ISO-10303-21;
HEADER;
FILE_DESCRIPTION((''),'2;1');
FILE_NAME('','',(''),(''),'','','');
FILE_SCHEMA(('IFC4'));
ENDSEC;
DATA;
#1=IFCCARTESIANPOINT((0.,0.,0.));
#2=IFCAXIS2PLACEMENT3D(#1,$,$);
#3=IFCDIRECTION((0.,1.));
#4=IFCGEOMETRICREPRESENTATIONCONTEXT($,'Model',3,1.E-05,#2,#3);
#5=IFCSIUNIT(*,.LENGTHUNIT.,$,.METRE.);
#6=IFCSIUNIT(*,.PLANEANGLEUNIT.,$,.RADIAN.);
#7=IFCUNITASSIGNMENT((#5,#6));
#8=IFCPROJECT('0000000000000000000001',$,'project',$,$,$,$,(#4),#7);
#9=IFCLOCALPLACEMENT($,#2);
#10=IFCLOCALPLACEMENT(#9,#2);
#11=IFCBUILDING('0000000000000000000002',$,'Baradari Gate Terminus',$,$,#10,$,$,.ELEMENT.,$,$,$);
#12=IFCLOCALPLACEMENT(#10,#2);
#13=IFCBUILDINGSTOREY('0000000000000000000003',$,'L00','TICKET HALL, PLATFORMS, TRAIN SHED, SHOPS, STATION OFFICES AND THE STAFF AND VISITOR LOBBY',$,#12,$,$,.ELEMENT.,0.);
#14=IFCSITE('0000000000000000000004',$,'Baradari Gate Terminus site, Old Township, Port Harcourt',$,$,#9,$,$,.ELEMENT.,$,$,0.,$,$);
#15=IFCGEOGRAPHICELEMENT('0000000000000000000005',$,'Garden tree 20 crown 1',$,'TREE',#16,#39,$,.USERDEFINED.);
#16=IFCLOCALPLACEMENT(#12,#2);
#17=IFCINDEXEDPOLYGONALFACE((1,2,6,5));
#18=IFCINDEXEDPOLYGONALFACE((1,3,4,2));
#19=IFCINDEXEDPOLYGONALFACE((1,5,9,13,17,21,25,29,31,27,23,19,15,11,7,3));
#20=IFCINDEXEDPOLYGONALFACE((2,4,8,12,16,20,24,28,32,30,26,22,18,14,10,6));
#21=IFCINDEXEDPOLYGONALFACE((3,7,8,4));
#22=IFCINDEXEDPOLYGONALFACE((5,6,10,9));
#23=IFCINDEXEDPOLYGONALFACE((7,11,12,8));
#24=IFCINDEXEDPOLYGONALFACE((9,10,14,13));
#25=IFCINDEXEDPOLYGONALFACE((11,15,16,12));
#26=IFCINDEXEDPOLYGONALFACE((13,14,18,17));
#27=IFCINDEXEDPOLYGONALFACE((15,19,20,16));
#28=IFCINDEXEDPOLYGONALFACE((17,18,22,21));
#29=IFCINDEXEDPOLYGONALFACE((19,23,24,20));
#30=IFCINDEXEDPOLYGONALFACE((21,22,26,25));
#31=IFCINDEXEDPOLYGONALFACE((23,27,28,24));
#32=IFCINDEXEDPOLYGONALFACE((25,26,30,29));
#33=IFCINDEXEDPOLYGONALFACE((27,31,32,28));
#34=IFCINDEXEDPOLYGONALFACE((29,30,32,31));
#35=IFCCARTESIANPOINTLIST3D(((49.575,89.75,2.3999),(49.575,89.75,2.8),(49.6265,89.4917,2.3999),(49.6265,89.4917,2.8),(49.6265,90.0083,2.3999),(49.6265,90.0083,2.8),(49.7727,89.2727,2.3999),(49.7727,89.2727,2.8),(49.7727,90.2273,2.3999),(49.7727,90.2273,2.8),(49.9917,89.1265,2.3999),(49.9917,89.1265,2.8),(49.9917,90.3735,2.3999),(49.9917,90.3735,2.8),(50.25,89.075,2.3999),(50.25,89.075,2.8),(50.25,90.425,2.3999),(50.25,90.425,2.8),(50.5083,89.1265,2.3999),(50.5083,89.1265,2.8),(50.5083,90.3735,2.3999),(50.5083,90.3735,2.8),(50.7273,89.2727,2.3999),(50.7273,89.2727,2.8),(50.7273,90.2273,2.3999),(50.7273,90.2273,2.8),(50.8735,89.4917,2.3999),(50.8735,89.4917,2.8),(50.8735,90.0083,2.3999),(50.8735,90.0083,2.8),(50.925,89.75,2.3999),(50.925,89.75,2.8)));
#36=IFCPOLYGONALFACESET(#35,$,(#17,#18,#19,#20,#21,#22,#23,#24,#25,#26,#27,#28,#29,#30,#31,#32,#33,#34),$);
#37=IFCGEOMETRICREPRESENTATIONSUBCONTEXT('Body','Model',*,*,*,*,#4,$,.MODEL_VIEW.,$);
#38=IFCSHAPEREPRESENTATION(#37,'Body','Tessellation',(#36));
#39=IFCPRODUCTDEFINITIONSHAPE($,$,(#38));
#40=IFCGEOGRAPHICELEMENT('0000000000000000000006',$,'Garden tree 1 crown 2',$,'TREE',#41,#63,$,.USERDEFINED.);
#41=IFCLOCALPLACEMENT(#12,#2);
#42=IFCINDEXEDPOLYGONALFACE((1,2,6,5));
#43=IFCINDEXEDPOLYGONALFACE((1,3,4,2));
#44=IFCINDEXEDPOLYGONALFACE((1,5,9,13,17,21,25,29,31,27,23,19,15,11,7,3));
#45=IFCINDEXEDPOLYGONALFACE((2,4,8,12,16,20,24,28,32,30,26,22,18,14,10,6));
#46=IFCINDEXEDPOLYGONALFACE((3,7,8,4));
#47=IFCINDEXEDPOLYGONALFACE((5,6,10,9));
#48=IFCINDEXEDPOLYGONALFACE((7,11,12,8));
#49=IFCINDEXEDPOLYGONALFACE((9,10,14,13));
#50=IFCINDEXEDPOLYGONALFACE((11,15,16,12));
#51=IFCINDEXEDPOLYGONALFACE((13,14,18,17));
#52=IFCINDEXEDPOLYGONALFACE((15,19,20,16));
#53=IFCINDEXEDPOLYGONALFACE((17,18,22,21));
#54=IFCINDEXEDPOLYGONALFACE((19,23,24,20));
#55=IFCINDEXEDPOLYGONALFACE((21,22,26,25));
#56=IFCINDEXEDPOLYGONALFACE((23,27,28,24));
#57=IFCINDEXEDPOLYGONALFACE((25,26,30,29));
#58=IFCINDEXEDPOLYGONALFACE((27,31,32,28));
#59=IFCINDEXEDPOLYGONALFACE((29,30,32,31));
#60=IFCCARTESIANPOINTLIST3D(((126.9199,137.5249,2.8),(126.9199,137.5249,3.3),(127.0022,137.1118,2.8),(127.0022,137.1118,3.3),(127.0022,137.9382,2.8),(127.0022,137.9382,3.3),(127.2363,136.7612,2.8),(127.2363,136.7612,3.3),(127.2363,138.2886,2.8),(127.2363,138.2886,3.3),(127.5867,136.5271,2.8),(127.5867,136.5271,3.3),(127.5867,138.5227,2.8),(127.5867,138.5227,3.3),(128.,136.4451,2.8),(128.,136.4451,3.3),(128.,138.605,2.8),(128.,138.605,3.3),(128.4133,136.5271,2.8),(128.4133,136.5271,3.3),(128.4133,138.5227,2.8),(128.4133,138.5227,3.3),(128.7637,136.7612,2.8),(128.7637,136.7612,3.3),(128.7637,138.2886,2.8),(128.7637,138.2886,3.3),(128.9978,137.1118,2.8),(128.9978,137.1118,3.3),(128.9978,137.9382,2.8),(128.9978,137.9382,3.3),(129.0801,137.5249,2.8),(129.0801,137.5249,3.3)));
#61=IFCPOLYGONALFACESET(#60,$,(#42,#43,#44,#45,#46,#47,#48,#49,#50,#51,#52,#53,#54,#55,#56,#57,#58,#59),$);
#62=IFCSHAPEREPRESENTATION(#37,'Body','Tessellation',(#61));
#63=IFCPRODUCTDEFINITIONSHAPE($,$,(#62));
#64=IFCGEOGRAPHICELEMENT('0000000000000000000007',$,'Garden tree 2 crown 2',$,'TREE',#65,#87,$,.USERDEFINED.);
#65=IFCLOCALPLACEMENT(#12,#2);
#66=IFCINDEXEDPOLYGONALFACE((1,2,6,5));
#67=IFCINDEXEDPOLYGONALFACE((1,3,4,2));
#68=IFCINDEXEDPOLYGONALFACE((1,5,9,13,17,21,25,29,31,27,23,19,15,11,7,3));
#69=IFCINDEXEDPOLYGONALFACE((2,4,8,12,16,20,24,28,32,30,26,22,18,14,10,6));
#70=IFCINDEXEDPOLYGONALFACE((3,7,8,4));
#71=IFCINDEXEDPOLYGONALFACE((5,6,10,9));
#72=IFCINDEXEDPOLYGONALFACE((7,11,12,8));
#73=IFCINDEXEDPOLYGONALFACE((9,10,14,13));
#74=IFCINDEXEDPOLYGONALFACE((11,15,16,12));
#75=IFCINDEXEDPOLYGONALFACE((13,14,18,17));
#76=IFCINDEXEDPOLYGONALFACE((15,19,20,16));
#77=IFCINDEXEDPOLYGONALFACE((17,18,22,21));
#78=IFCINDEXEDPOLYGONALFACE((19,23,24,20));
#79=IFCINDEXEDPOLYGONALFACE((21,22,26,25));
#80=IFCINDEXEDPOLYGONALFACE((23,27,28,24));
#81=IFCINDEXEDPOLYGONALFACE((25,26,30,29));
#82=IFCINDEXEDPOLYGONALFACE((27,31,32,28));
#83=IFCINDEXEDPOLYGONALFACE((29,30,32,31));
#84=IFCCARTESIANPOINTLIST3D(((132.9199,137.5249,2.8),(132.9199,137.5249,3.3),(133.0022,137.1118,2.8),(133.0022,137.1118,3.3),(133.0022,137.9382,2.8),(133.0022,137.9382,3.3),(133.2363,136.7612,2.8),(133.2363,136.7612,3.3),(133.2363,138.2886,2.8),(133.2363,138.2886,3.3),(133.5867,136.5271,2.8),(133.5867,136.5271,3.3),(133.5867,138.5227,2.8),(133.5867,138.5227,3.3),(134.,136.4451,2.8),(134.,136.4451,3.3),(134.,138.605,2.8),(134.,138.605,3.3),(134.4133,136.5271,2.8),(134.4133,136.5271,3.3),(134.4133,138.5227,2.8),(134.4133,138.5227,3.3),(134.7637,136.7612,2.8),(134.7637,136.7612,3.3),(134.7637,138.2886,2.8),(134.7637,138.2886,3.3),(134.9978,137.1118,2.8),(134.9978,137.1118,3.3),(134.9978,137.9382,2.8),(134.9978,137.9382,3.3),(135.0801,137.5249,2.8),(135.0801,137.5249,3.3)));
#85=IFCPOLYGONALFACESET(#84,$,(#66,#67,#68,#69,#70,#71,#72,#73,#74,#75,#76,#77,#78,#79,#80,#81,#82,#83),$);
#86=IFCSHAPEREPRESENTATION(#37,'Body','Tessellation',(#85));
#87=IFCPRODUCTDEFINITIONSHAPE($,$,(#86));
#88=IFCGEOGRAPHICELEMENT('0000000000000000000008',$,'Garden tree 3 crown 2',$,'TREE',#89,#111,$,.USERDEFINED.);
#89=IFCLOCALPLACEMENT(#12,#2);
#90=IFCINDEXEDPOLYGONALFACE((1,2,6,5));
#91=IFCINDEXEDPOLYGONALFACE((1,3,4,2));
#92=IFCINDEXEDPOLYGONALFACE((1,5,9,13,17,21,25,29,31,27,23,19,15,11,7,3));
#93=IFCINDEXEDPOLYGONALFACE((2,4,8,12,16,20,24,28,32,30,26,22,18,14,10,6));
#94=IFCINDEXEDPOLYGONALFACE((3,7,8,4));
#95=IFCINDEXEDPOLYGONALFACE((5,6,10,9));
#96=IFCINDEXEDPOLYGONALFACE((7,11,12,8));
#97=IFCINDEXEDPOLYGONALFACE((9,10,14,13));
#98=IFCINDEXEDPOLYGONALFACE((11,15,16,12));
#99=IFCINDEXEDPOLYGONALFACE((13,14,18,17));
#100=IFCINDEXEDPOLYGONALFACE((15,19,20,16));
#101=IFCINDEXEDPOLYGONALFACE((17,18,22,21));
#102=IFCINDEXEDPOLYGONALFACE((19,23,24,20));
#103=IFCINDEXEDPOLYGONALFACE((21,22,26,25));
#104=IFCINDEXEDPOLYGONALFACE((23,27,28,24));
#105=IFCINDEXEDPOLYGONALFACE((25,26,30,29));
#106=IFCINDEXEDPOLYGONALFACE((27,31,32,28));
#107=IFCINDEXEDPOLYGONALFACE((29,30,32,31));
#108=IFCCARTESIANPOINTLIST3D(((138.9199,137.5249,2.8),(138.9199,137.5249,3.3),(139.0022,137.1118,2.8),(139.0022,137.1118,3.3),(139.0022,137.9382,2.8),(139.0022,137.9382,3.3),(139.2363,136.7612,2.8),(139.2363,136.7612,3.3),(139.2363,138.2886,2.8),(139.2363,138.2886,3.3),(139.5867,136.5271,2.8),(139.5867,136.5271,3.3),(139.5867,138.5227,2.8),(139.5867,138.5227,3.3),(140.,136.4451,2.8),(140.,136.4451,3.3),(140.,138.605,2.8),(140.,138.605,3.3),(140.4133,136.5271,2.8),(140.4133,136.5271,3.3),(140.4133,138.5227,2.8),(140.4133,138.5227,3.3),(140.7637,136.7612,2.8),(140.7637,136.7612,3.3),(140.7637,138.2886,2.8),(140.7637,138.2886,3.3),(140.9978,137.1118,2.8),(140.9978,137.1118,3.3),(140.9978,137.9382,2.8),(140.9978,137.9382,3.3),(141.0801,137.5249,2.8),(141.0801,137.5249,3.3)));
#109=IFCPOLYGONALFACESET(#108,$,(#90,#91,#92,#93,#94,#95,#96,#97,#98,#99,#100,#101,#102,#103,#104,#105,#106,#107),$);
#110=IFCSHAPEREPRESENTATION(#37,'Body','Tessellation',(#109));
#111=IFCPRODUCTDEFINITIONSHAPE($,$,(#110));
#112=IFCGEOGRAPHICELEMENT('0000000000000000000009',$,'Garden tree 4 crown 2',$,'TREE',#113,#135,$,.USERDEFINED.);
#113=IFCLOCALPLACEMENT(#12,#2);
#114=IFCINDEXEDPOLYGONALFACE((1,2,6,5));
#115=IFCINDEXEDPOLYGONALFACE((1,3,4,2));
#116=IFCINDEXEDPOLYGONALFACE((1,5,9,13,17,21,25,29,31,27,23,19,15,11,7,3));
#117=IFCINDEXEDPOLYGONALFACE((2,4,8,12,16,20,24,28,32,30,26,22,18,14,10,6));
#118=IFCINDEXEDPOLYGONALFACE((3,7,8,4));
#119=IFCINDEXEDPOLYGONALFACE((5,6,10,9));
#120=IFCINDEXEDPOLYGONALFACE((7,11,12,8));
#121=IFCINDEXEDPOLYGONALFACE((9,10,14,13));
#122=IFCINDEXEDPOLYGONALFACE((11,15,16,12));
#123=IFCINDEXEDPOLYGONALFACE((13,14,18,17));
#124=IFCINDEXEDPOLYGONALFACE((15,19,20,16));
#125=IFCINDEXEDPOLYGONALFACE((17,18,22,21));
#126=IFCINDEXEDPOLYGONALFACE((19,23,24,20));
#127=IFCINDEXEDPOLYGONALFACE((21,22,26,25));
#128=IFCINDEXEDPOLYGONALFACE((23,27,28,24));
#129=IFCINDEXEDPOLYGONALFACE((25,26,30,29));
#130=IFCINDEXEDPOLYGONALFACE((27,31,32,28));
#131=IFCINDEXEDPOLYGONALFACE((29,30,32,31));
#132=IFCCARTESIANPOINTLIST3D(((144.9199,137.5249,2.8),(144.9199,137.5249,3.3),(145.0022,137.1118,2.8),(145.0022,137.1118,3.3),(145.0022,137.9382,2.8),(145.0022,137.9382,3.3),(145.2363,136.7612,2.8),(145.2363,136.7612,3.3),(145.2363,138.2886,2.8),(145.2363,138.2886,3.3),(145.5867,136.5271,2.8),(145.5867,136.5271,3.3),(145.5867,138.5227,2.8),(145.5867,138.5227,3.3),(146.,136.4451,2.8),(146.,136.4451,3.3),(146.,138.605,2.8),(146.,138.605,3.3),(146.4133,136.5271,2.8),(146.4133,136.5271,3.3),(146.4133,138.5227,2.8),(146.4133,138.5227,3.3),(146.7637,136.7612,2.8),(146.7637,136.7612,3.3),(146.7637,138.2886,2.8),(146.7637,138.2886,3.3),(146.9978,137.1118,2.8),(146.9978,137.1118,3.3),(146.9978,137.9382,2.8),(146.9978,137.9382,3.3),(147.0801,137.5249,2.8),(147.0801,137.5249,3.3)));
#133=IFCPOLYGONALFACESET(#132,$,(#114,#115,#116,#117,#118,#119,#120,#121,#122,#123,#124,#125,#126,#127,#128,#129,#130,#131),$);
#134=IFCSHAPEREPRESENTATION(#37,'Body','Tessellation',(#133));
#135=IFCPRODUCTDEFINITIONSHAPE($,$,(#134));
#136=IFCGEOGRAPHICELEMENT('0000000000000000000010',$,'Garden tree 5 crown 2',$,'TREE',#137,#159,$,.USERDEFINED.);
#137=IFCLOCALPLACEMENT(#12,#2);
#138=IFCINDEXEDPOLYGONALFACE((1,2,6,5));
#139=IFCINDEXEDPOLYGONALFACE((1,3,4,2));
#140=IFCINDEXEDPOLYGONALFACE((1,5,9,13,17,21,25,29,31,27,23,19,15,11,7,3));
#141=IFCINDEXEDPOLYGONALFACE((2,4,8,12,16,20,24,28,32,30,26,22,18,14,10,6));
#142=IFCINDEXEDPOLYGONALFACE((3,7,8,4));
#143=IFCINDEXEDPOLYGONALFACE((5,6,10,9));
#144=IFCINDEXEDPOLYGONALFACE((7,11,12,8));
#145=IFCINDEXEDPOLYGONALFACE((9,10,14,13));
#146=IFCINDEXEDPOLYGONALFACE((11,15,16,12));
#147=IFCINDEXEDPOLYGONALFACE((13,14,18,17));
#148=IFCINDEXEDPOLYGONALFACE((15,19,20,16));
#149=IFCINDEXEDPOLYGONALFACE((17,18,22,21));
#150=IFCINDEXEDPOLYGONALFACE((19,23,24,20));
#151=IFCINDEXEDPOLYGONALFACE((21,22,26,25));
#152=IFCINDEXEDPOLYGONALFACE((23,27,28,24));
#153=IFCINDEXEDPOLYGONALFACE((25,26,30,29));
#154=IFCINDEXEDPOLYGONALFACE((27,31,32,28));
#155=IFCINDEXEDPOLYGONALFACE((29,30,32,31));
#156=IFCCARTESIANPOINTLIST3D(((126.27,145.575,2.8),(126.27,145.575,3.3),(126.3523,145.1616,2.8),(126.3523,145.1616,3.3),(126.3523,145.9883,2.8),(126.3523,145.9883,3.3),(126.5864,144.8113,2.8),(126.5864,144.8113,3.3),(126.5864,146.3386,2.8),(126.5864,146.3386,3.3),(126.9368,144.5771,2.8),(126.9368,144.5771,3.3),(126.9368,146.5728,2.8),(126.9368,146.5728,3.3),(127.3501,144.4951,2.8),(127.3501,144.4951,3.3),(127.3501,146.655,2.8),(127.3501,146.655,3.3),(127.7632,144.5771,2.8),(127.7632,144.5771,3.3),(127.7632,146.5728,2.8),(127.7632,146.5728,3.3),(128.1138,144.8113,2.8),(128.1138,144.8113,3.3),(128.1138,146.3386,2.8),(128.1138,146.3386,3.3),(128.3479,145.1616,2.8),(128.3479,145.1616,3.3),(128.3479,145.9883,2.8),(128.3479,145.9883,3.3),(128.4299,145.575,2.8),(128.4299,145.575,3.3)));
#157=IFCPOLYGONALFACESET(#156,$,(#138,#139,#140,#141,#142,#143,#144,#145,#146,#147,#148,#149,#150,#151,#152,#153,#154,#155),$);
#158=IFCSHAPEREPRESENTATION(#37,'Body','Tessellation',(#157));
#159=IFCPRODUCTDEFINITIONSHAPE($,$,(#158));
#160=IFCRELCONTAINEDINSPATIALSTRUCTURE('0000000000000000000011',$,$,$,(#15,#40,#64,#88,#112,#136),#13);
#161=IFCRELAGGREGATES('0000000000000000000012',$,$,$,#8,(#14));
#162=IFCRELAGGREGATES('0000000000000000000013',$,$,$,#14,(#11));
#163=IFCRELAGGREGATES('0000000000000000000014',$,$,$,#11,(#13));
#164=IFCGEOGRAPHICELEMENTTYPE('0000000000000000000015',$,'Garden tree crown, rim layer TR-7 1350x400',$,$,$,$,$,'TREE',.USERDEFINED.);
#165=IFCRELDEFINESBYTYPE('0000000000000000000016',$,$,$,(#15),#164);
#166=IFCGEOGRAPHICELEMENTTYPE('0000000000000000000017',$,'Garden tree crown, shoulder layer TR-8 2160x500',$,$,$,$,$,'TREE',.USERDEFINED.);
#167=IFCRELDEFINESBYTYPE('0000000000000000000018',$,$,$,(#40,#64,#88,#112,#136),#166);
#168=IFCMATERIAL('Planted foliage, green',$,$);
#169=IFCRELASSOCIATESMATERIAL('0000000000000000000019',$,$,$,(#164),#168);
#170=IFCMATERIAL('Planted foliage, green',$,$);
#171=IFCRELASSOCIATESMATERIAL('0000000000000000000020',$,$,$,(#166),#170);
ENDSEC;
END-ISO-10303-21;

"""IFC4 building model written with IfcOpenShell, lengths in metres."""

from ifc_helpers import new_model, si_unit, direction, frame, origin, place, context, subcontext, project, spatial, polyline, outline, extrude, material, type_object, element, save


model = new_model("IFC4")

# Units and contexts
model_context = context("Model", 3, precision=1e-05, world=origin(), true_north=direction((0.0, 1.0)))
body_context = subcontext(model_context, "Body", "Model", "MODEL_VIEW")
ifc_project = project(units=[si_unit("LENGTHUNIT", "METRE"), si_unit("PLANEANGLEUNIT", "RADIAN")], contexts=[model_context])

# Site, building, storey
site_placement = place(None, origin())
site = spatial("IfcSite", under=ifc_project, at=site_placement, Name="Baradari Gate Terminus site, Old Township, Port Harcourt", CompositionType="ELEMENT", RefElevation=0.0)
building_placement = place(site_placement, origin())
building = spatial("IfcBuilding", under=site, at=building_placement, Name="Baradari Gate Terminus", CompositionType="ELEMENT")
storey_placement = place(building_placement, origin())
storey = spatial("IfcBuildingStorey", under=building, at=storey_placement, Name="L00", Description="TICKET HALL, PLATFORMS, TRAIN SHED, SHOPS, STATION OFFICES AND THE STAFF AND VISITOR LOBBY", CompositionType="ELEMENT", Elevation=0.0)

# Geographic elements
ifc_material_1 = material(Name="Planted foliage, green")
geographic_element_type_1 = type_object("IfcGeographicElementType", Name="Garden tree crown, rim layer TR-7 1350x400", ElementType="TREE", PredefinedType="USERDEFINED", material=ifc_material_1)
geographic_element_1_placement = place(storey_placement, frame((0.0, 0.0, 2.3999)))
element("IfcGeographicElement", 1, at=geographic_element_1_placement, inside=storey, type_object=geographic_element_type_1, Name="Garden tree 20 crown 1", ObjectType="TREE", PredefinedType="USERDEFINED", context=body_context, shape_type="SweptSolid", body=[
    extrude(outline(polyline([(50.925, 89.75), (50.8735, 90.0083), (50.7273, 90.2273), (50.5083, 90.3735), (50.25, 90.425), (49.9917, 90.3735), (49.7727, 90.2273), (49.6265, 90.0083), (49.575, 89.75), (49.6265, 89.4917), (49.7727, 89.2727), (49.9917, 89.1265), (50.25, 89.075), (50.5083, 89.1265), (50.7273, 89.2727), (50.8735, 89.4917), (50.925, 89.75)])), origin(), (0.0, 0.0, 1.0), 0.4001),
])
ifc_material_2 = material(Name="Planted foliage, green")
geographic_element_type_2 = type_object("IfcGeographicElementType", Name="Garden tree crown, shoulder layer TR-8 2160x500", ElementType="TREE", PredefinedType="USERDEFINED", material=ifc_material_2)
geographic_element_2_placement = place(storey_placement, frame((0.0, 0.0, 2.8)))
element("IfcGeographicElement", 2, at=geographic_element_2_placement, inside=storey, type_object=geographic_element_type_2, Name="Garden tree 1 crown 2", ObjectType="TREE", PredefinedType="USERDEFINED", context=body_context, shape_type="SweptSolid", body=[
    extrude(outline(polyline([(129.0801, 137.5249), (128.9978, 137.9382), (128.7637, 138.2886), (128.4133, 138.5227), (128.0, 138.605), (127.5867, 138.5227), (127.2363, 138.2886), (127.0022, 137.9382), (126.9199, 137.5249), (127.0022, 137.1118), (127.2363, 136.7612), (127.5867, 136.5271), (128.0, 136.4451), (128.4133, 136.5271), (128.7637, 136.7612), (128.9978, 137.1118), (129.0801, 137.5249)])), origin(), (0.0, 0.0, 1.0), 0.5),
])
geographic_element_3_placement = place(storey_placement, frame((0.0, 0.0, 2.8)))
element("IfcGeographicElement", 3, at=geographic_element_3_placement, inside=storey, type_object=geographic_element_type_2, Name="Garden tree 2 crown 2", ObjectType="TREE", PredefinedType="USERDEFINED", context=body_context, shape_type="SweptSolid", body=[
    extrude(outline(polyline([(135.0801, 137.5249), (134.9978, 137.9382), (134.7637, 138.2886), (134.4133, 138.5227), (134.0, 138.605), (133.5867, 138.5227), (133.2363, 138.2886), (133.0022, 137.9382), (132.9199, 137.5249), (133.0022, 137.1118), (133.2363, 136.7612), (133.5867, 136.5271), (134.0, 136.4451), (134.4133, 136.5271), (134.7637, 136.7612), (134.9978, 137.1118), (135.0801, 137.5249)])), origin(), (0.0, 0.0, 1.0), 0.5),
])
geographic_element_4_placement = place(storey_placement, frame((0.0, 0.0, 2.8)))
element("IfcGeographicElement", 4, at=geographic_element_4_placement, inside=storey, type_object=geographic_element_type_2, Name="Garden tree 3 crown 2", ObjectType="TREE", PredefinedType="USERDEFINED", context=body_context, shape_type="SweptSolid", body=[
    extrude(outline(polyline([(141.0801, 137.5249), (140.9978, 137.9382), (140.7637, 138.2886), (140.4133, 138.5227), (140.0, 138.605), (139.5867, 138.5227), (139.2363, 138.2886), (139.0022, 137.9382), (138.9199, 137.5249), (139.0022, 137.1118), (139.2363, 136.7612), (139.5867, 136.5271), (140.0, 136.4451), (140.4133, 136.5271), (140.7637, 136.7612), (140.9978, 137.1118), (141.0801, 137.5249)])), origin(), (0.0, 0.0, 1.0), 0.5),
])
geographic_element_5_placement = place(storey_placement, frame((0.0, 0.0, 2.8)))
element("IfcGeographicElement", 5, at=geographic_element_5_placement, inside=storey, type_object=geographic_element_type_2, Name="Garden tree 4 crown 2", ObjectType="TREE", PredefinedType="USERDEFINED", context=body_context, shape_type="SweptSolid", body=[
    extrude(outline(polyline([(147.0801, 137.5249), (146.9978, 137.9382), (146.7637, 138.2886), (146.4133, 138.5227), (146.0, 138.605), (145.5867, 138.5227), (145.2363, 138.2886), (145.0022, 137.9382), (144.9199, 137.5249), (145.0022, 137.1118), (145.2363, 136.7612), (145.5867, 136.5271), (146.0, 136.4451), (146.4133, 136.5271), (146.7637, 136.7612), (146.9978, 137.1118), (147.0801, 137.5249)])), origin(), (0.0, 0.0, 1.0), 0.5),
])
geographic_element_6_placement = place(storey_placement, frame((0.0, 0.0, 2.8)))
element("IfcGeographicElement", 6, at=geographic_element_6_placement, inside=storey, type_object=geographic_element_type_2, Name="Garden tree 5 crown 2", ObjectType="TREE", PredefinedType="USERDEFINED", context=body_context, shape_type="SweptSolid", body=[
    extrude(outline(polyline([(128.4299, 145.575), (128.3479, 145.9883), (128.1138, 146.3386), (127.7632, 146.5728), (127.3501, 146.655), (126.9368, 146.5728), (126.5864, 146.3386), (126.3523, 145.9883), (126.27, 145.575), (126.3523, 145.1616), (126.5864, 144.8113), (126.9368, 144.5771), (127.3501, 144.4951), (127.7632, 144.5771), (128.1138, 144.8113), (128.3479, 145.1616), (128.4299, 145.575)])), origin(), (0.0, 0.0, 1.0), 0.5),
])

save(model, "model.ifc")
